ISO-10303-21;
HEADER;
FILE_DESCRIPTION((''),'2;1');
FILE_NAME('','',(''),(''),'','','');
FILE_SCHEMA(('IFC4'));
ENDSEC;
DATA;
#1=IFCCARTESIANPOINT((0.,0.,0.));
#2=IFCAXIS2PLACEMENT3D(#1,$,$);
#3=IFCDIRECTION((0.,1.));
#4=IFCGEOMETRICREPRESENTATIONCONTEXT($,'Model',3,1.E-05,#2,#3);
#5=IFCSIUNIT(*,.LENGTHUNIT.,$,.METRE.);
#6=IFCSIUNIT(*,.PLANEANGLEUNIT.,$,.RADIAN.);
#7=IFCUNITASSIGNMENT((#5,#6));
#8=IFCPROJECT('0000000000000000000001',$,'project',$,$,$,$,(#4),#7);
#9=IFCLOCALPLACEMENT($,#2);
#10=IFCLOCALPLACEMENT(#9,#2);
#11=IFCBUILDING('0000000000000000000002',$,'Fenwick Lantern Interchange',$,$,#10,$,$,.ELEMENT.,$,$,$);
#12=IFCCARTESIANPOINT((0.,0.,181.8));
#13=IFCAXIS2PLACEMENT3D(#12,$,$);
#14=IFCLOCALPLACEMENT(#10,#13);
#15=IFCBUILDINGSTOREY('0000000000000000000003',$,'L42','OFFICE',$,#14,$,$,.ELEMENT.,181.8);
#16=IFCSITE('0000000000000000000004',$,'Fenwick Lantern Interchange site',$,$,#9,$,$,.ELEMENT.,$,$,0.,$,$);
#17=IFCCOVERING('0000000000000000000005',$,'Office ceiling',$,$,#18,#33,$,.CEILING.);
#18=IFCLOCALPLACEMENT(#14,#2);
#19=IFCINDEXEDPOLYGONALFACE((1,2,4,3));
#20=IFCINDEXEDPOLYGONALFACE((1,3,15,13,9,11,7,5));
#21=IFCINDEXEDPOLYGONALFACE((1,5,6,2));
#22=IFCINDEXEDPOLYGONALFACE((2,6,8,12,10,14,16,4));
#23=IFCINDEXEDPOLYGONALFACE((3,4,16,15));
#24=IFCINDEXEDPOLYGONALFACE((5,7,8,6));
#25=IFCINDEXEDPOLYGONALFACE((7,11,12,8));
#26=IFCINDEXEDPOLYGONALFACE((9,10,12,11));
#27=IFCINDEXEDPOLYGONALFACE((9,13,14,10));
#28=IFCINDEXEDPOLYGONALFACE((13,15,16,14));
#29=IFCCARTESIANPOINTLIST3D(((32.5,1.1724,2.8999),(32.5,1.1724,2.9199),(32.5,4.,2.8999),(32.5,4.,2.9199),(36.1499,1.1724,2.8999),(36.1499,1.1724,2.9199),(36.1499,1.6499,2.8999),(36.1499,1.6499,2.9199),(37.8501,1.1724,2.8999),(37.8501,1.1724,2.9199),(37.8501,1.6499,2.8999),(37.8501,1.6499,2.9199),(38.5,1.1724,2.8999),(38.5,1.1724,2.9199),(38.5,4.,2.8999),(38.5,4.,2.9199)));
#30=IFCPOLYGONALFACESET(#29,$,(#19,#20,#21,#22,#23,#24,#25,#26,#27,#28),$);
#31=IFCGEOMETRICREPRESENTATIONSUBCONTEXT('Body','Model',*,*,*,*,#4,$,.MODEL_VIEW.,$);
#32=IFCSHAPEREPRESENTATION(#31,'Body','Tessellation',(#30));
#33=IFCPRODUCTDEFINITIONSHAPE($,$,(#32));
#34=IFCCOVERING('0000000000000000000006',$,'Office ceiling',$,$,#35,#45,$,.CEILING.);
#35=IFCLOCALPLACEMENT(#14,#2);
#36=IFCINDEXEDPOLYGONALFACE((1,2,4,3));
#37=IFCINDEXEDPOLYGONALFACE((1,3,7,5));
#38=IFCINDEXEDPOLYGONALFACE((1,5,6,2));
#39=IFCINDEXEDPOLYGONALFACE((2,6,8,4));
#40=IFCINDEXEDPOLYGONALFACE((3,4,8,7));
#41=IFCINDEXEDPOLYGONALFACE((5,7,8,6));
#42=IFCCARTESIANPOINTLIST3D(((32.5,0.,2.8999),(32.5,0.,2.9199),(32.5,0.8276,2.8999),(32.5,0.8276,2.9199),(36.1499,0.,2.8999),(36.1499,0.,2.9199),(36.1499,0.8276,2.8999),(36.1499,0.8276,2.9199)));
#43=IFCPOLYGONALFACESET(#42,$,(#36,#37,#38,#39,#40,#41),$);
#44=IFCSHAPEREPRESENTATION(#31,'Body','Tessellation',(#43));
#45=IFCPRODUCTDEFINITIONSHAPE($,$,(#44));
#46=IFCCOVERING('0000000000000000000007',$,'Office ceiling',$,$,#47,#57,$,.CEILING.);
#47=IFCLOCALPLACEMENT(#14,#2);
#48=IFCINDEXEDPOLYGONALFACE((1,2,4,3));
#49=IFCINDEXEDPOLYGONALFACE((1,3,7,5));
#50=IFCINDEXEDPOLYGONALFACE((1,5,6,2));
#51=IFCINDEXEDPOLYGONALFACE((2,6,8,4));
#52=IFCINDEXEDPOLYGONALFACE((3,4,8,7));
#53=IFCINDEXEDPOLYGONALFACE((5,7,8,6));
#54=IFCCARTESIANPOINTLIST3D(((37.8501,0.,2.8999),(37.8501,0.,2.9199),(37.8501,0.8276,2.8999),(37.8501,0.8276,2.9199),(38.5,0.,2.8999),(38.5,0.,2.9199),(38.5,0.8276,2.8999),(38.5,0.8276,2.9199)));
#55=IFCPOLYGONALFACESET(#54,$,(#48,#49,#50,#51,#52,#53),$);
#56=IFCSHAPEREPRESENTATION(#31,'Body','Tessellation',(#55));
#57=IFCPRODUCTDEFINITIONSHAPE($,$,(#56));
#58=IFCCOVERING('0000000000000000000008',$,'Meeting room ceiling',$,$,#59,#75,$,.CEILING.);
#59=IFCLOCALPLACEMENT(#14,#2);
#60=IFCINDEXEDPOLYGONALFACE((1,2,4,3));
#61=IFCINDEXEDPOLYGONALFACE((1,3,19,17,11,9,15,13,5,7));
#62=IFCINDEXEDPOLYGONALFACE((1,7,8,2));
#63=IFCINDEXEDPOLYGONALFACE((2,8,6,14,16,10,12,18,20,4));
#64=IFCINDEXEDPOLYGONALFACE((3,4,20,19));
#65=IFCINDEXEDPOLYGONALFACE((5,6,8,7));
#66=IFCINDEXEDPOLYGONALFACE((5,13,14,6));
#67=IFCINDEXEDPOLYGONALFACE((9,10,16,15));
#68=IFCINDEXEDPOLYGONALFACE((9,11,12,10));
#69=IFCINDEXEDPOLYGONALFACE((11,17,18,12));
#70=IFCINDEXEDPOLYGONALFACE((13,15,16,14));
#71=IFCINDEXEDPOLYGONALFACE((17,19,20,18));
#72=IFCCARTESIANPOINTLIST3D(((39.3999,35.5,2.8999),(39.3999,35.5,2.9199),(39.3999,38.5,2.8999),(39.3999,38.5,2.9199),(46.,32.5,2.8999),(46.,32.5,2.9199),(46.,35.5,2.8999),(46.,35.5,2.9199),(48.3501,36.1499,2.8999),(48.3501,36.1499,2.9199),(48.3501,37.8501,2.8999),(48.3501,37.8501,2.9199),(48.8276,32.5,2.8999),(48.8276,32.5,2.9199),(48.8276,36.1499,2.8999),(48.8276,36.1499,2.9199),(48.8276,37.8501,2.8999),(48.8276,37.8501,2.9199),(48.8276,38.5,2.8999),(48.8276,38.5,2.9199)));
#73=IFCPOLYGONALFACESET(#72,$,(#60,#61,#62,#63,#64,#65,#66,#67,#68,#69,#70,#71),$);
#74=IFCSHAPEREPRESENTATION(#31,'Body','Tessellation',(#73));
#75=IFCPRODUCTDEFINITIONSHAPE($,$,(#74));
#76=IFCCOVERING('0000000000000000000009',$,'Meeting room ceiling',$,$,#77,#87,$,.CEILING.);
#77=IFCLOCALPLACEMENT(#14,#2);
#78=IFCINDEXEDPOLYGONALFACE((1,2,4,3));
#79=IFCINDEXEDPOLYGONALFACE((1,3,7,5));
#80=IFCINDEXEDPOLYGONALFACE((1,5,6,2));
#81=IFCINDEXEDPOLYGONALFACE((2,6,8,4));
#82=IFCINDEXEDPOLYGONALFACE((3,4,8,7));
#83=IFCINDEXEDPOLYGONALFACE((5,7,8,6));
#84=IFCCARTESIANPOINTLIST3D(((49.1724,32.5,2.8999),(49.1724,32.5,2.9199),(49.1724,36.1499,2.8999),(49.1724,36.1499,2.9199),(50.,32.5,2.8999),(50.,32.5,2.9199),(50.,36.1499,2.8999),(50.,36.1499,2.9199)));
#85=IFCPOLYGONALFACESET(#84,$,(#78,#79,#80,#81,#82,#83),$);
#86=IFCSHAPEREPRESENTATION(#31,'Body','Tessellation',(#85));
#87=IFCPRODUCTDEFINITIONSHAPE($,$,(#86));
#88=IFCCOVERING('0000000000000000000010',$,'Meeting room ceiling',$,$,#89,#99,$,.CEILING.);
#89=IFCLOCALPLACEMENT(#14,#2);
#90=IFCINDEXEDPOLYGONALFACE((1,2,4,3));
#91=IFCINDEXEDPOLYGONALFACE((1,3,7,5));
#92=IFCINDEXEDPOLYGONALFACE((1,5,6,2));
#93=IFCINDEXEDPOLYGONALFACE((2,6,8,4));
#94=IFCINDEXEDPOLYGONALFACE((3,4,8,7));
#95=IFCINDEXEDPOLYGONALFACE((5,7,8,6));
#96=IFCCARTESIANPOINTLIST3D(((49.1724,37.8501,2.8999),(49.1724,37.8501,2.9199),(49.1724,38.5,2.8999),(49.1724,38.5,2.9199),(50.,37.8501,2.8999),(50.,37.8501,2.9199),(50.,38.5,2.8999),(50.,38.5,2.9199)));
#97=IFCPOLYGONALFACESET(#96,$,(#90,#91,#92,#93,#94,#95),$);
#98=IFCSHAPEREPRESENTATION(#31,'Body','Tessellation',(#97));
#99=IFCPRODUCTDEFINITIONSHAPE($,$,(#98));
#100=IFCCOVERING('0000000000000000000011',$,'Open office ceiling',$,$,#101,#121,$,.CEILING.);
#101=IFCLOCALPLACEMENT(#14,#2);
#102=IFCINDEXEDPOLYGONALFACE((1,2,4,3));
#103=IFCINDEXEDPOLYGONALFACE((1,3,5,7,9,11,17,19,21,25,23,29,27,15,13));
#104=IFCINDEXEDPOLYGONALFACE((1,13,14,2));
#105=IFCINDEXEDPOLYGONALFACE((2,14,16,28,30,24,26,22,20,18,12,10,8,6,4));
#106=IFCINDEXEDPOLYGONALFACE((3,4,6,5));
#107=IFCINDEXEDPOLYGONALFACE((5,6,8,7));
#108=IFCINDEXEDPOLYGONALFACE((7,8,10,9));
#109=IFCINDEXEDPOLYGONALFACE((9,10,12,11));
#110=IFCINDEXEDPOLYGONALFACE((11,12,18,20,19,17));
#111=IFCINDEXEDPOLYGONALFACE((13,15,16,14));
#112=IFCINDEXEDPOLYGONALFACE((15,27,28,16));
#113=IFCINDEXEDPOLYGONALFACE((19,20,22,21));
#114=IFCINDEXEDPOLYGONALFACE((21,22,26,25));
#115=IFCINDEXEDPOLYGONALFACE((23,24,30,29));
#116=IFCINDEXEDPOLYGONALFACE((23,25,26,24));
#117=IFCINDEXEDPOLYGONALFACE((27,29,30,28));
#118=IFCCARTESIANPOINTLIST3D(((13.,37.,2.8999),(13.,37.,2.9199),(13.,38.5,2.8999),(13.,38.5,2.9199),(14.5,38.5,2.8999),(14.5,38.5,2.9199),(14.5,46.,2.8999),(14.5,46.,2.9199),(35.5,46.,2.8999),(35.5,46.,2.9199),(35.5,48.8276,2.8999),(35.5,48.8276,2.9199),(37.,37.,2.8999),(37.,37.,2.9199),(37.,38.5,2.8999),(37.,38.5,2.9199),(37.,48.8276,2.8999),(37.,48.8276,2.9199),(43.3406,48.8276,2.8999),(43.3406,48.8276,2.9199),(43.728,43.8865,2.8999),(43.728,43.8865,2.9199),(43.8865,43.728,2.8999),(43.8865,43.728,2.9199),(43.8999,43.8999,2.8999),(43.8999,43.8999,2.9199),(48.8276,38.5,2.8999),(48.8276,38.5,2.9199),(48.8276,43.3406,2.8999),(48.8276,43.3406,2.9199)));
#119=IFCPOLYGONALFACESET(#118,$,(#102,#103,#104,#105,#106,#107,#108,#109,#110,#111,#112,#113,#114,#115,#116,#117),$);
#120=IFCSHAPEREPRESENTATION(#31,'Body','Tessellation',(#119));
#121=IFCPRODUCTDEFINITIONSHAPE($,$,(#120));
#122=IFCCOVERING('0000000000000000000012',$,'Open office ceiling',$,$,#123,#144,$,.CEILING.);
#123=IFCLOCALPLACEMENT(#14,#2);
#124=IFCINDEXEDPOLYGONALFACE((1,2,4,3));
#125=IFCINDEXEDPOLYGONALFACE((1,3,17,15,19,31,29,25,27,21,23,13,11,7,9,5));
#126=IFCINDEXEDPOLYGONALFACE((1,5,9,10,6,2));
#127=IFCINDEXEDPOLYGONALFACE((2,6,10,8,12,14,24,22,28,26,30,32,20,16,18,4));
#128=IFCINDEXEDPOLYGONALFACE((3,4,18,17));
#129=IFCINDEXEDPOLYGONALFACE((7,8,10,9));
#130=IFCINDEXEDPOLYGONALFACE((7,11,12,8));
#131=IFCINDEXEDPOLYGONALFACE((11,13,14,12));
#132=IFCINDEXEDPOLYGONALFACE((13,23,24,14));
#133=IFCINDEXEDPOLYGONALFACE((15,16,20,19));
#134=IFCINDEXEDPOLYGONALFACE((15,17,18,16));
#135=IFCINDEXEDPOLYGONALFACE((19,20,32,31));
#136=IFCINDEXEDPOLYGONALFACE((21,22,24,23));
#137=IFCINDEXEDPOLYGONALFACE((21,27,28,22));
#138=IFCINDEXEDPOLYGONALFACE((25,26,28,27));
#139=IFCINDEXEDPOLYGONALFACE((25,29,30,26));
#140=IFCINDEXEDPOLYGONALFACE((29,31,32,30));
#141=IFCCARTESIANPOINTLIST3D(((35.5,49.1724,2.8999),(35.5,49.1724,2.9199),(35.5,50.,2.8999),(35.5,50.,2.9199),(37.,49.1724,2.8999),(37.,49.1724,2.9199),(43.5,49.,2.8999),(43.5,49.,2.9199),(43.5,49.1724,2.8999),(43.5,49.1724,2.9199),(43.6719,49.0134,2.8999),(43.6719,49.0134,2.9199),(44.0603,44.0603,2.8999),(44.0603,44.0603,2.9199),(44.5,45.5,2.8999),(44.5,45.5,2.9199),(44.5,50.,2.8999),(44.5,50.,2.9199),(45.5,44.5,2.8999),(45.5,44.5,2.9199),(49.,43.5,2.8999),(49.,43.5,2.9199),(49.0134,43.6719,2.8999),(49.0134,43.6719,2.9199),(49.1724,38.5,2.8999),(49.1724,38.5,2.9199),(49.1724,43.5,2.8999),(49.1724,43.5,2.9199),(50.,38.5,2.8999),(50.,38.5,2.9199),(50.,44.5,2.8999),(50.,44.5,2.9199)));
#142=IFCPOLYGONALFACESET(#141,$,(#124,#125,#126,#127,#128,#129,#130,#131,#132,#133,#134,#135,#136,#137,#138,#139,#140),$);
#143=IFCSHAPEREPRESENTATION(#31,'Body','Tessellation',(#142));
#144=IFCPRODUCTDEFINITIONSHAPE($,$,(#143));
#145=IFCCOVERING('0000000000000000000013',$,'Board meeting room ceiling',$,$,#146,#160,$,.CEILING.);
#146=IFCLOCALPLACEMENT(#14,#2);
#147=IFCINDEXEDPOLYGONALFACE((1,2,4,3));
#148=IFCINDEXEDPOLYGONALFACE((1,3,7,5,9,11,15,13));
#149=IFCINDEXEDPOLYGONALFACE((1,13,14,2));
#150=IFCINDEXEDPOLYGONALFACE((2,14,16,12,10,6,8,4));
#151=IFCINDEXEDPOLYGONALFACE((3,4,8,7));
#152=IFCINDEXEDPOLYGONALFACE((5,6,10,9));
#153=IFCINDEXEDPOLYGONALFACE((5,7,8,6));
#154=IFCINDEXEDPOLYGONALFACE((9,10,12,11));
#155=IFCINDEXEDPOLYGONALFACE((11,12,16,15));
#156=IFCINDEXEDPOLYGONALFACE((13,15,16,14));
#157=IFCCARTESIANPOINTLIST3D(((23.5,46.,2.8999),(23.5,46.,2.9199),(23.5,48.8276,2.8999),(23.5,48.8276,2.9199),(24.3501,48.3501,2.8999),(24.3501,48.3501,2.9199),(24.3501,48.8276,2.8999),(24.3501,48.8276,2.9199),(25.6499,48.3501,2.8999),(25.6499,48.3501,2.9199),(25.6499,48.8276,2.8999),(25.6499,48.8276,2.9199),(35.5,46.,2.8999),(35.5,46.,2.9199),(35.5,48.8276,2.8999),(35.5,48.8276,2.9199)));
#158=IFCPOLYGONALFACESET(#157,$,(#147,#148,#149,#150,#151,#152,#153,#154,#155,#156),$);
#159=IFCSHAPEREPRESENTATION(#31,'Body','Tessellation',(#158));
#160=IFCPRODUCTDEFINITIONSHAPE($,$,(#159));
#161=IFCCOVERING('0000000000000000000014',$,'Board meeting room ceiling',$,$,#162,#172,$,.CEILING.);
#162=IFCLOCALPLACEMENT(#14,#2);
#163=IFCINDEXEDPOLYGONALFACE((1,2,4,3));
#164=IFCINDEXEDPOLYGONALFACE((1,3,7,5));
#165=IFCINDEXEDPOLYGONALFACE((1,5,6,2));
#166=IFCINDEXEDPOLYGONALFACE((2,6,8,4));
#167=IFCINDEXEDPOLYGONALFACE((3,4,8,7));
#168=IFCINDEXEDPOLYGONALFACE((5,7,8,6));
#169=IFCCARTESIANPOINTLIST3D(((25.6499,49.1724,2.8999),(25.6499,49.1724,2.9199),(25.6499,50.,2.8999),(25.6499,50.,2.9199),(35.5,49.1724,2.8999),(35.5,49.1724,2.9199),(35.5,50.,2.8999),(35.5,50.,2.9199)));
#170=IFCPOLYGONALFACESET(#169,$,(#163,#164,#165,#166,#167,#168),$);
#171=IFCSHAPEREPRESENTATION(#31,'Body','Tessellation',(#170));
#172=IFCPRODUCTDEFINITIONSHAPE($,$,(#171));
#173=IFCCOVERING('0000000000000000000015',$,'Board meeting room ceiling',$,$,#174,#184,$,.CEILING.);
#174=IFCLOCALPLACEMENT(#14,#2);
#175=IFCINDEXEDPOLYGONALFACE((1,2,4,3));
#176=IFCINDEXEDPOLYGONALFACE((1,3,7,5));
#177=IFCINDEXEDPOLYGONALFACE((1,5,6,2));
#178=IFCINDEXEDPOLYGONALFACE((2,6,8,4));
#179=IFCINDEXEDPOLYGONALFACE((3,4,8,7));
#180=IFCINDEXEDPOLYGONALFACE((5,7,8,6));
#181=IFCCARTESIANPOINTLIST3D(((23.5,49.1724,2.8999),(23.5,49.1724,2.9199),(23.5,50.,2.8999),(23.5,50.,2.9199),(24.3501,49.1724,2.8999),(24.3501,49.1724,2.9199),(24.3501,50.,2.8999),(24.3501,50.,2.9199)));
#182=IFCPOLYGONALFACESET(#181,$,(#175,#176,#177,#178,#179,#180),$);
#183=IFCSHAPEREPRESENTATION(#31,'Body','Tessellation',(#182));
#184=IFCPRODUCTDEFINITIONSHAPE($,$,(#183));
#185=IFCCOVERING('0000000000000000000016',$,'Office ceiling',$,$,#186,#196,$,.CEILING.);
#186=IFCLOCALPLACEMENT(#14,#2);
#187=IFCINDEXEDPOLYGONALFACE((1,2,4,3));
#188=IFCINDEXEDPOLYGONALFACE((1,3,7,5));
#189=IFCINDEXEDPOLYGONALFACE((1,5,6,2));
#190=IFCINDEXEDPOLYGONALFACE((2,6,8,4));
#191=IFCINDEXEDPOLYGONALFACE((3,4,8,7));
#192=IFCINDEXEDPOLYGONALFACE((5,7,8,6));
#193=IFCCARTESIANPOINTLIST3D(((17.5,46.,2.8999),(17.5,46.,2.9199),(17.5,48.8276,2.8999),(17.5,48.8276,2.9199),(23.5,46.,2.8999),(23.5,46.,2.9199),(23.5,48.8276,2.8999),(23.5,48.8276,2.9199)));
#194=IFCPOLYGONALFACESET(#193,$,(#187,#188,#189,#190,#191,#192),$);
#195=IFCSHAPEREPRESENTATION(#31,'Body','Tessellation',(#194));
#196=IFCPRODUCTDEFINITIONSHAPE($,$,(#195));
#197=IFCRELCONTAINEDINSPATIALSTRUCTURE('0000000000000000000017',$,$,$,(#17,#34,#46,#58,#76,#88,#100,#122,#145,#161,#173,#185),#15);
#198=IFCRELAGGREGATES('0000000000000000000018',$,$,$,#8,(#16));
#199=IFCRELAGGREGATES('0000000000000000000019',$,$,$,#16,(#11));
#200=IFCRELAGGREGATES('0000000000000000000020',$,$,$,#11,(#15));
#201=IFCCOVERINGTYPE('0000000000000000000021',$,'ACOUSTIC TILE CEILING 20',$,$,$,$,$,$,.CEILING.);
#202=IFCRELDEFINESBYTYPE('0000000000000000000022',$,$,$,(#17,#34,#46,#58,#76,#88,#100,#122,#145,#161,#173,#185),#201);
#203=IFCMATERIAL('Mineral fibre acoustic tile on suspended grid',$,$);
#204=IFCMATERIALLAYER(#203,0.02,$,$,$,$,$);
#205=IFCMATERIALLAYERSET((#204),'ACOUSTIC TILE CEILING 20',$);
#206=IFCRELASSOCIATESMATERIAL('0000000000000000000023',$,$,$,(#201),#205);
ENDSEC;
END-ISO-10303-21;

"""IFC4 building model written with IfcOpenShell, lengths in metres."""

from ifc_helpers import new_model, si_unit, direction, frame, origin, place, context, subcontext, project, spatial, polyline, outline, extrude, material, layer, layer_set, type_object, element, save


model = new_model("IFC4")

# Units and contexts
model_context = context("Model", 3, precision=1e-05, world=origin(), true_north=direction((0.0, 1.0)))
body_context = subcontext(model_context, "Body", "Model", "MODEL_VIEW")
ifc_project = project(units=[si_unit("LENGTHUNIT", "METRE"), si_unit("PLANEANGLEUNIT", "RADIAN")], contexts=[model_context])

# Site, building, storey
site_placement = place(None, origin())
site = spatial("IfcSite", under=ifc_project, at=site_placement, Name="Fenwick Lantern Interchange site", CompositionType="ELEMENT", RefElevation=0.0)
building_placement = place(site_placement, origin())
building = spatial("IfcBuilding", under=site, at=building_placement, Name="Fenwick Lantern Interchange", CompositionType="ELEMENT")
storey_placement = place(building_placement, frame((0.0, 0.0, 181.8)))
storey = spatial("IfcBuildingStorey", under=building, at=storey_placement, Name="L42", Description="OFFICE", CompositionType="ELEMENT", Elevation=181.8)

# Coverings
ifc_material_1 = material(Name="Mineral fibre acoustic tile on suspended grid")
ifc_layer_1 = layer(ifc_material_1, 0.02)
ifc_layer_set_1 = layer_set([ifc_layer_1], Name="ACOUSTIC TILE CEILING 20")
covering_type_1 = type_object("IfcCoveringType", Name="ACOUSTIC TILE CEILING 20", PredefinedType="CEILING", material=ifc_layer_set_1)
covering_1_placement = place(storey_placement, frame((0.0, 0.0, 2.8999)))
element("IfcCovering", 1, at=covering_1_placement, inside=storey, type_object=covering_type_1, Name="Office ceiling", PredefinedType="CEILING", context=body_context, shape_type="SweptSolid", body=[
    extrude(outline(polyline([(32.5, 4.0), (32.5, 1.1724), (36.1499, 1.1724), (36.1499, 1.6499), (37.8501, 1.6499), (37.8501, 1.1724), (38.5, 1.1724), (38.5, 4.0), (32.5, 4.0)])), origin(), (0.0, 0.0, 1.0), 0.02),
])
covering_2_placement = place(storey_placement, frame((0.0, 0.0, 2.8999)))
element("IfcCovering", 2, at=covering_2_placement, inside=storey, type_object=covering_type_1, Name="Office ceiling", PredefinedType="CEILING", context=body_context, shape_type="SweptSolid", body=[
    extrude(outline(polyline([(32.5, 0.8276), (32.5, 0.0), (36.1499, 0.0), (36.1499, 0.8276), (32.5, 0.8276)])), origin(), (0.0, 0.0, 1.0), 0.02),
])
covering_3_placement = place(storey_placement, frame((0.0, 0.0, 2.8999)))
element("IfcCovering", 3, at=covering_3_placement, inside=storey, type_object=covering_type_1, Name="Office ceiling", PredefinedType="CEILING", context=body_context, shape_type="SweptSolid", body=[
    extrude(outline(polyline([(38.5, 0.0), (38.5, 0.8276), (37.8501, 0.8276), (37.8501, 0.0), (38.5, 0.0)])), origin(), (0.0, 0.0, 1.0), 0.02),
])
covering_4_placement = place(storey_placement, frame((0.0, 0.0, 2.8999)))
element("IfcCovering", 4, at=covering_4_placement, inside=storey, type_object=covering_type_1, Name="Meeting room ceiling", PredefinedType="CEILING", context=body_context, shape_type="SweptSolid", body=[
    extrude(outline(polyline([(48.3501, 37.8501), (48.8276, 37.8501), (48.8276, 38.5), (39.3999, 38.5), (39.3999, 35.5), (46.0, 35.5), (46.0, 32.5), (48.8276, 32.5), (48.8276, 36.1499), (48.3501, 36.1499), (48.3501, 37.8501)])), origin(), (0.0, 0.0, 1.0), 0.02),
])
covering_5_placement = place(storey_placement, frame((0.0, 0.0, 2.8999)))
element("IfcCovering", 5, at=covering_5_placement, inside=storey, type_object=covering_type_1, Name="Meeting room ceiling", PredefinedType="CEILING", context=body_context, shape_type="SweptSolid", body=[
    extrude(outline(polyline([(50.0, 36.1499), (49.1724, 36.1499), (49.1724, 32.5), (50.0, 32.5), (50.0, 36.1499)])), origin(), (0.0, 0.0, 1.0), 0.02),
])
covering_6_placement = place(storey_placement, frame((0.0, 0.0, 2.8999)))
element("IfcCovering", 6, at=covering_6_placement, inside=storey, type_object=covering_type_1, Name="Meeting room ceiling", PredefinedType="CEILING", context=body_context, shape_type="SweptSolid", body=[
    extrude(outline(polyline([(49.1724, 37.8501), (50.0, 37.8501), (50.0, 38.5), (49.1724, 38.5), (49.1724, 37.8501)])), origin(), (0.0, 0.0, 1.0), 0.02),
])
covering_7_placement = place(storey_placement, frame((0.0, 0.0, 2.8999)))
element("IfcCovering", 7, at=covering_7_placement, inside=storey, type_object=covering_type_1, Name="Open office ceiling", PredefinedType="CEILING", context=body_context, shape_type="SweptSolid", body=[
    extrude(outline(polyline([(37.0, 38.5), (48.8276, 38.5), (48.8276, 43.3406), (43.8865, 43.728), (43.8999, 43.8999), (43.728, 43.8865), (43.3406, 48.8276), (37.0, 48.8276), (35.5, 48.8276), (35.5, 46.0), (14.5, 46.0), (14.5, 38.5), (13.0, 38.5), (13.0, 37.0), (37.0, 37.0), (37.0, 38.5)])), origin(), (0.0, 0.0, 1.0), 0.02),
])
covering_8_placement = place(storey_placement, frame((0.0, 0.0, 2.8999)))
element("IfcCovering", 8, at=covering_8_placement, inside=storey, type_object=covering_type_1, Name="Open office ceiling", PredefinedType="CEILING", context=body_context, shape_type="SweptSolid", body=[
    extrude(outline(polyline([(49.1724, 38.5), (50.0, 38.5), (50.0, 44.5), (45.5, 44.5), (44.5, 45.5), (44.5, 50.0), (35.5, 50.0), (35.5, 49.1724), (37.0, 49.1724), (43.5, 49.1724), (43.5, 49.0), (43.6719, 49.0134), (44.0603, 44.0603), (49.0134, 43.6719), (49.0, 43.5), (49.1724, 43.5), (49.1724, 38.5)])), origin(), (0.0, 0.0, 1.0), 0.02),
])
covering_9_placement = place(storey_placement, frame((0.0, 0.0, 2.8999)))
element("IfcCovering", 9, at=covering_9_placement, inside=storey, type_object=covering_type_1, Name="Board meeting room ceiling", PredefinedType="CEILING", context=body_context, shape_type="SweptSolid", body=[
    extrude(outline(polyline([(23.5, 46.0), (35.5, 46.0), (35.5, 48.8276), (25.6499, 48.8276), (25.6499, 48.3501), (24.3501, 48.3501), (24.3501, 48.8276), (23.5, 48.8276), (23.5, 46.0)])), origin(), (0.0, 0.0, 1.0), 0.02),
])
covering_10_placement = place(storey_placement, frame((0.0, 0.0, 2.8999)))
element("IfcCovering", 10, at=covering_10_placement, inside=storey, type_object=covering_type_1, Name="Board meeting room ceiling", PredefinedType="CEILING", context=body_context, shape_type="SweptSolid", body=[
    extrude(outline(polyline([(25.6499, 50.0), (25.6499, 49.1724), (35.5, 49.1724), (35.5, 50.0), (25.6499, 50.0)])), origin(), (0.0, 0.0, 1.0), 0.02),
])
covering_11_placement = place(storey_placement, frame((0.0, 0.0, 2.8999)))
element("IfcCovering", 11, at=covering_11_placement, inside=storey, type_object=covering_type_1, Name="Board meeting room ceiling", PredefinedType="CEILING", context=body_context, shape_type="SweptSolid", body=[
    extrude(outline(polyline([(23.5, 50.0), (23.5, 49.1724), (24.3501, 49.1724), (24.3501, 50.0), (23.5, 50.0)])), origin(), (0.0, 0.0, 1.0), 0.02),
])
covering_12_placement = place(storey_placement, frame((0.0, 0.0, 2.8999)))
element("IfcCovering", 12, at=covering_12_placement, inside=storey, type_object=covering_type_1, Name="Office ceiling", PredefinedType="CEILING", context=body_context, shape_type="SweptSolid", body=[
    extrude(outline(polyline([(23.5, 46.0), (23.5, 48.8276), (17.5, 48.8276), (17.5, 46.0), (23.5, 46.0)])), origin(), (0.0, 0.0, 1.0), 0.02),
])

save(model, "model.ifc")
